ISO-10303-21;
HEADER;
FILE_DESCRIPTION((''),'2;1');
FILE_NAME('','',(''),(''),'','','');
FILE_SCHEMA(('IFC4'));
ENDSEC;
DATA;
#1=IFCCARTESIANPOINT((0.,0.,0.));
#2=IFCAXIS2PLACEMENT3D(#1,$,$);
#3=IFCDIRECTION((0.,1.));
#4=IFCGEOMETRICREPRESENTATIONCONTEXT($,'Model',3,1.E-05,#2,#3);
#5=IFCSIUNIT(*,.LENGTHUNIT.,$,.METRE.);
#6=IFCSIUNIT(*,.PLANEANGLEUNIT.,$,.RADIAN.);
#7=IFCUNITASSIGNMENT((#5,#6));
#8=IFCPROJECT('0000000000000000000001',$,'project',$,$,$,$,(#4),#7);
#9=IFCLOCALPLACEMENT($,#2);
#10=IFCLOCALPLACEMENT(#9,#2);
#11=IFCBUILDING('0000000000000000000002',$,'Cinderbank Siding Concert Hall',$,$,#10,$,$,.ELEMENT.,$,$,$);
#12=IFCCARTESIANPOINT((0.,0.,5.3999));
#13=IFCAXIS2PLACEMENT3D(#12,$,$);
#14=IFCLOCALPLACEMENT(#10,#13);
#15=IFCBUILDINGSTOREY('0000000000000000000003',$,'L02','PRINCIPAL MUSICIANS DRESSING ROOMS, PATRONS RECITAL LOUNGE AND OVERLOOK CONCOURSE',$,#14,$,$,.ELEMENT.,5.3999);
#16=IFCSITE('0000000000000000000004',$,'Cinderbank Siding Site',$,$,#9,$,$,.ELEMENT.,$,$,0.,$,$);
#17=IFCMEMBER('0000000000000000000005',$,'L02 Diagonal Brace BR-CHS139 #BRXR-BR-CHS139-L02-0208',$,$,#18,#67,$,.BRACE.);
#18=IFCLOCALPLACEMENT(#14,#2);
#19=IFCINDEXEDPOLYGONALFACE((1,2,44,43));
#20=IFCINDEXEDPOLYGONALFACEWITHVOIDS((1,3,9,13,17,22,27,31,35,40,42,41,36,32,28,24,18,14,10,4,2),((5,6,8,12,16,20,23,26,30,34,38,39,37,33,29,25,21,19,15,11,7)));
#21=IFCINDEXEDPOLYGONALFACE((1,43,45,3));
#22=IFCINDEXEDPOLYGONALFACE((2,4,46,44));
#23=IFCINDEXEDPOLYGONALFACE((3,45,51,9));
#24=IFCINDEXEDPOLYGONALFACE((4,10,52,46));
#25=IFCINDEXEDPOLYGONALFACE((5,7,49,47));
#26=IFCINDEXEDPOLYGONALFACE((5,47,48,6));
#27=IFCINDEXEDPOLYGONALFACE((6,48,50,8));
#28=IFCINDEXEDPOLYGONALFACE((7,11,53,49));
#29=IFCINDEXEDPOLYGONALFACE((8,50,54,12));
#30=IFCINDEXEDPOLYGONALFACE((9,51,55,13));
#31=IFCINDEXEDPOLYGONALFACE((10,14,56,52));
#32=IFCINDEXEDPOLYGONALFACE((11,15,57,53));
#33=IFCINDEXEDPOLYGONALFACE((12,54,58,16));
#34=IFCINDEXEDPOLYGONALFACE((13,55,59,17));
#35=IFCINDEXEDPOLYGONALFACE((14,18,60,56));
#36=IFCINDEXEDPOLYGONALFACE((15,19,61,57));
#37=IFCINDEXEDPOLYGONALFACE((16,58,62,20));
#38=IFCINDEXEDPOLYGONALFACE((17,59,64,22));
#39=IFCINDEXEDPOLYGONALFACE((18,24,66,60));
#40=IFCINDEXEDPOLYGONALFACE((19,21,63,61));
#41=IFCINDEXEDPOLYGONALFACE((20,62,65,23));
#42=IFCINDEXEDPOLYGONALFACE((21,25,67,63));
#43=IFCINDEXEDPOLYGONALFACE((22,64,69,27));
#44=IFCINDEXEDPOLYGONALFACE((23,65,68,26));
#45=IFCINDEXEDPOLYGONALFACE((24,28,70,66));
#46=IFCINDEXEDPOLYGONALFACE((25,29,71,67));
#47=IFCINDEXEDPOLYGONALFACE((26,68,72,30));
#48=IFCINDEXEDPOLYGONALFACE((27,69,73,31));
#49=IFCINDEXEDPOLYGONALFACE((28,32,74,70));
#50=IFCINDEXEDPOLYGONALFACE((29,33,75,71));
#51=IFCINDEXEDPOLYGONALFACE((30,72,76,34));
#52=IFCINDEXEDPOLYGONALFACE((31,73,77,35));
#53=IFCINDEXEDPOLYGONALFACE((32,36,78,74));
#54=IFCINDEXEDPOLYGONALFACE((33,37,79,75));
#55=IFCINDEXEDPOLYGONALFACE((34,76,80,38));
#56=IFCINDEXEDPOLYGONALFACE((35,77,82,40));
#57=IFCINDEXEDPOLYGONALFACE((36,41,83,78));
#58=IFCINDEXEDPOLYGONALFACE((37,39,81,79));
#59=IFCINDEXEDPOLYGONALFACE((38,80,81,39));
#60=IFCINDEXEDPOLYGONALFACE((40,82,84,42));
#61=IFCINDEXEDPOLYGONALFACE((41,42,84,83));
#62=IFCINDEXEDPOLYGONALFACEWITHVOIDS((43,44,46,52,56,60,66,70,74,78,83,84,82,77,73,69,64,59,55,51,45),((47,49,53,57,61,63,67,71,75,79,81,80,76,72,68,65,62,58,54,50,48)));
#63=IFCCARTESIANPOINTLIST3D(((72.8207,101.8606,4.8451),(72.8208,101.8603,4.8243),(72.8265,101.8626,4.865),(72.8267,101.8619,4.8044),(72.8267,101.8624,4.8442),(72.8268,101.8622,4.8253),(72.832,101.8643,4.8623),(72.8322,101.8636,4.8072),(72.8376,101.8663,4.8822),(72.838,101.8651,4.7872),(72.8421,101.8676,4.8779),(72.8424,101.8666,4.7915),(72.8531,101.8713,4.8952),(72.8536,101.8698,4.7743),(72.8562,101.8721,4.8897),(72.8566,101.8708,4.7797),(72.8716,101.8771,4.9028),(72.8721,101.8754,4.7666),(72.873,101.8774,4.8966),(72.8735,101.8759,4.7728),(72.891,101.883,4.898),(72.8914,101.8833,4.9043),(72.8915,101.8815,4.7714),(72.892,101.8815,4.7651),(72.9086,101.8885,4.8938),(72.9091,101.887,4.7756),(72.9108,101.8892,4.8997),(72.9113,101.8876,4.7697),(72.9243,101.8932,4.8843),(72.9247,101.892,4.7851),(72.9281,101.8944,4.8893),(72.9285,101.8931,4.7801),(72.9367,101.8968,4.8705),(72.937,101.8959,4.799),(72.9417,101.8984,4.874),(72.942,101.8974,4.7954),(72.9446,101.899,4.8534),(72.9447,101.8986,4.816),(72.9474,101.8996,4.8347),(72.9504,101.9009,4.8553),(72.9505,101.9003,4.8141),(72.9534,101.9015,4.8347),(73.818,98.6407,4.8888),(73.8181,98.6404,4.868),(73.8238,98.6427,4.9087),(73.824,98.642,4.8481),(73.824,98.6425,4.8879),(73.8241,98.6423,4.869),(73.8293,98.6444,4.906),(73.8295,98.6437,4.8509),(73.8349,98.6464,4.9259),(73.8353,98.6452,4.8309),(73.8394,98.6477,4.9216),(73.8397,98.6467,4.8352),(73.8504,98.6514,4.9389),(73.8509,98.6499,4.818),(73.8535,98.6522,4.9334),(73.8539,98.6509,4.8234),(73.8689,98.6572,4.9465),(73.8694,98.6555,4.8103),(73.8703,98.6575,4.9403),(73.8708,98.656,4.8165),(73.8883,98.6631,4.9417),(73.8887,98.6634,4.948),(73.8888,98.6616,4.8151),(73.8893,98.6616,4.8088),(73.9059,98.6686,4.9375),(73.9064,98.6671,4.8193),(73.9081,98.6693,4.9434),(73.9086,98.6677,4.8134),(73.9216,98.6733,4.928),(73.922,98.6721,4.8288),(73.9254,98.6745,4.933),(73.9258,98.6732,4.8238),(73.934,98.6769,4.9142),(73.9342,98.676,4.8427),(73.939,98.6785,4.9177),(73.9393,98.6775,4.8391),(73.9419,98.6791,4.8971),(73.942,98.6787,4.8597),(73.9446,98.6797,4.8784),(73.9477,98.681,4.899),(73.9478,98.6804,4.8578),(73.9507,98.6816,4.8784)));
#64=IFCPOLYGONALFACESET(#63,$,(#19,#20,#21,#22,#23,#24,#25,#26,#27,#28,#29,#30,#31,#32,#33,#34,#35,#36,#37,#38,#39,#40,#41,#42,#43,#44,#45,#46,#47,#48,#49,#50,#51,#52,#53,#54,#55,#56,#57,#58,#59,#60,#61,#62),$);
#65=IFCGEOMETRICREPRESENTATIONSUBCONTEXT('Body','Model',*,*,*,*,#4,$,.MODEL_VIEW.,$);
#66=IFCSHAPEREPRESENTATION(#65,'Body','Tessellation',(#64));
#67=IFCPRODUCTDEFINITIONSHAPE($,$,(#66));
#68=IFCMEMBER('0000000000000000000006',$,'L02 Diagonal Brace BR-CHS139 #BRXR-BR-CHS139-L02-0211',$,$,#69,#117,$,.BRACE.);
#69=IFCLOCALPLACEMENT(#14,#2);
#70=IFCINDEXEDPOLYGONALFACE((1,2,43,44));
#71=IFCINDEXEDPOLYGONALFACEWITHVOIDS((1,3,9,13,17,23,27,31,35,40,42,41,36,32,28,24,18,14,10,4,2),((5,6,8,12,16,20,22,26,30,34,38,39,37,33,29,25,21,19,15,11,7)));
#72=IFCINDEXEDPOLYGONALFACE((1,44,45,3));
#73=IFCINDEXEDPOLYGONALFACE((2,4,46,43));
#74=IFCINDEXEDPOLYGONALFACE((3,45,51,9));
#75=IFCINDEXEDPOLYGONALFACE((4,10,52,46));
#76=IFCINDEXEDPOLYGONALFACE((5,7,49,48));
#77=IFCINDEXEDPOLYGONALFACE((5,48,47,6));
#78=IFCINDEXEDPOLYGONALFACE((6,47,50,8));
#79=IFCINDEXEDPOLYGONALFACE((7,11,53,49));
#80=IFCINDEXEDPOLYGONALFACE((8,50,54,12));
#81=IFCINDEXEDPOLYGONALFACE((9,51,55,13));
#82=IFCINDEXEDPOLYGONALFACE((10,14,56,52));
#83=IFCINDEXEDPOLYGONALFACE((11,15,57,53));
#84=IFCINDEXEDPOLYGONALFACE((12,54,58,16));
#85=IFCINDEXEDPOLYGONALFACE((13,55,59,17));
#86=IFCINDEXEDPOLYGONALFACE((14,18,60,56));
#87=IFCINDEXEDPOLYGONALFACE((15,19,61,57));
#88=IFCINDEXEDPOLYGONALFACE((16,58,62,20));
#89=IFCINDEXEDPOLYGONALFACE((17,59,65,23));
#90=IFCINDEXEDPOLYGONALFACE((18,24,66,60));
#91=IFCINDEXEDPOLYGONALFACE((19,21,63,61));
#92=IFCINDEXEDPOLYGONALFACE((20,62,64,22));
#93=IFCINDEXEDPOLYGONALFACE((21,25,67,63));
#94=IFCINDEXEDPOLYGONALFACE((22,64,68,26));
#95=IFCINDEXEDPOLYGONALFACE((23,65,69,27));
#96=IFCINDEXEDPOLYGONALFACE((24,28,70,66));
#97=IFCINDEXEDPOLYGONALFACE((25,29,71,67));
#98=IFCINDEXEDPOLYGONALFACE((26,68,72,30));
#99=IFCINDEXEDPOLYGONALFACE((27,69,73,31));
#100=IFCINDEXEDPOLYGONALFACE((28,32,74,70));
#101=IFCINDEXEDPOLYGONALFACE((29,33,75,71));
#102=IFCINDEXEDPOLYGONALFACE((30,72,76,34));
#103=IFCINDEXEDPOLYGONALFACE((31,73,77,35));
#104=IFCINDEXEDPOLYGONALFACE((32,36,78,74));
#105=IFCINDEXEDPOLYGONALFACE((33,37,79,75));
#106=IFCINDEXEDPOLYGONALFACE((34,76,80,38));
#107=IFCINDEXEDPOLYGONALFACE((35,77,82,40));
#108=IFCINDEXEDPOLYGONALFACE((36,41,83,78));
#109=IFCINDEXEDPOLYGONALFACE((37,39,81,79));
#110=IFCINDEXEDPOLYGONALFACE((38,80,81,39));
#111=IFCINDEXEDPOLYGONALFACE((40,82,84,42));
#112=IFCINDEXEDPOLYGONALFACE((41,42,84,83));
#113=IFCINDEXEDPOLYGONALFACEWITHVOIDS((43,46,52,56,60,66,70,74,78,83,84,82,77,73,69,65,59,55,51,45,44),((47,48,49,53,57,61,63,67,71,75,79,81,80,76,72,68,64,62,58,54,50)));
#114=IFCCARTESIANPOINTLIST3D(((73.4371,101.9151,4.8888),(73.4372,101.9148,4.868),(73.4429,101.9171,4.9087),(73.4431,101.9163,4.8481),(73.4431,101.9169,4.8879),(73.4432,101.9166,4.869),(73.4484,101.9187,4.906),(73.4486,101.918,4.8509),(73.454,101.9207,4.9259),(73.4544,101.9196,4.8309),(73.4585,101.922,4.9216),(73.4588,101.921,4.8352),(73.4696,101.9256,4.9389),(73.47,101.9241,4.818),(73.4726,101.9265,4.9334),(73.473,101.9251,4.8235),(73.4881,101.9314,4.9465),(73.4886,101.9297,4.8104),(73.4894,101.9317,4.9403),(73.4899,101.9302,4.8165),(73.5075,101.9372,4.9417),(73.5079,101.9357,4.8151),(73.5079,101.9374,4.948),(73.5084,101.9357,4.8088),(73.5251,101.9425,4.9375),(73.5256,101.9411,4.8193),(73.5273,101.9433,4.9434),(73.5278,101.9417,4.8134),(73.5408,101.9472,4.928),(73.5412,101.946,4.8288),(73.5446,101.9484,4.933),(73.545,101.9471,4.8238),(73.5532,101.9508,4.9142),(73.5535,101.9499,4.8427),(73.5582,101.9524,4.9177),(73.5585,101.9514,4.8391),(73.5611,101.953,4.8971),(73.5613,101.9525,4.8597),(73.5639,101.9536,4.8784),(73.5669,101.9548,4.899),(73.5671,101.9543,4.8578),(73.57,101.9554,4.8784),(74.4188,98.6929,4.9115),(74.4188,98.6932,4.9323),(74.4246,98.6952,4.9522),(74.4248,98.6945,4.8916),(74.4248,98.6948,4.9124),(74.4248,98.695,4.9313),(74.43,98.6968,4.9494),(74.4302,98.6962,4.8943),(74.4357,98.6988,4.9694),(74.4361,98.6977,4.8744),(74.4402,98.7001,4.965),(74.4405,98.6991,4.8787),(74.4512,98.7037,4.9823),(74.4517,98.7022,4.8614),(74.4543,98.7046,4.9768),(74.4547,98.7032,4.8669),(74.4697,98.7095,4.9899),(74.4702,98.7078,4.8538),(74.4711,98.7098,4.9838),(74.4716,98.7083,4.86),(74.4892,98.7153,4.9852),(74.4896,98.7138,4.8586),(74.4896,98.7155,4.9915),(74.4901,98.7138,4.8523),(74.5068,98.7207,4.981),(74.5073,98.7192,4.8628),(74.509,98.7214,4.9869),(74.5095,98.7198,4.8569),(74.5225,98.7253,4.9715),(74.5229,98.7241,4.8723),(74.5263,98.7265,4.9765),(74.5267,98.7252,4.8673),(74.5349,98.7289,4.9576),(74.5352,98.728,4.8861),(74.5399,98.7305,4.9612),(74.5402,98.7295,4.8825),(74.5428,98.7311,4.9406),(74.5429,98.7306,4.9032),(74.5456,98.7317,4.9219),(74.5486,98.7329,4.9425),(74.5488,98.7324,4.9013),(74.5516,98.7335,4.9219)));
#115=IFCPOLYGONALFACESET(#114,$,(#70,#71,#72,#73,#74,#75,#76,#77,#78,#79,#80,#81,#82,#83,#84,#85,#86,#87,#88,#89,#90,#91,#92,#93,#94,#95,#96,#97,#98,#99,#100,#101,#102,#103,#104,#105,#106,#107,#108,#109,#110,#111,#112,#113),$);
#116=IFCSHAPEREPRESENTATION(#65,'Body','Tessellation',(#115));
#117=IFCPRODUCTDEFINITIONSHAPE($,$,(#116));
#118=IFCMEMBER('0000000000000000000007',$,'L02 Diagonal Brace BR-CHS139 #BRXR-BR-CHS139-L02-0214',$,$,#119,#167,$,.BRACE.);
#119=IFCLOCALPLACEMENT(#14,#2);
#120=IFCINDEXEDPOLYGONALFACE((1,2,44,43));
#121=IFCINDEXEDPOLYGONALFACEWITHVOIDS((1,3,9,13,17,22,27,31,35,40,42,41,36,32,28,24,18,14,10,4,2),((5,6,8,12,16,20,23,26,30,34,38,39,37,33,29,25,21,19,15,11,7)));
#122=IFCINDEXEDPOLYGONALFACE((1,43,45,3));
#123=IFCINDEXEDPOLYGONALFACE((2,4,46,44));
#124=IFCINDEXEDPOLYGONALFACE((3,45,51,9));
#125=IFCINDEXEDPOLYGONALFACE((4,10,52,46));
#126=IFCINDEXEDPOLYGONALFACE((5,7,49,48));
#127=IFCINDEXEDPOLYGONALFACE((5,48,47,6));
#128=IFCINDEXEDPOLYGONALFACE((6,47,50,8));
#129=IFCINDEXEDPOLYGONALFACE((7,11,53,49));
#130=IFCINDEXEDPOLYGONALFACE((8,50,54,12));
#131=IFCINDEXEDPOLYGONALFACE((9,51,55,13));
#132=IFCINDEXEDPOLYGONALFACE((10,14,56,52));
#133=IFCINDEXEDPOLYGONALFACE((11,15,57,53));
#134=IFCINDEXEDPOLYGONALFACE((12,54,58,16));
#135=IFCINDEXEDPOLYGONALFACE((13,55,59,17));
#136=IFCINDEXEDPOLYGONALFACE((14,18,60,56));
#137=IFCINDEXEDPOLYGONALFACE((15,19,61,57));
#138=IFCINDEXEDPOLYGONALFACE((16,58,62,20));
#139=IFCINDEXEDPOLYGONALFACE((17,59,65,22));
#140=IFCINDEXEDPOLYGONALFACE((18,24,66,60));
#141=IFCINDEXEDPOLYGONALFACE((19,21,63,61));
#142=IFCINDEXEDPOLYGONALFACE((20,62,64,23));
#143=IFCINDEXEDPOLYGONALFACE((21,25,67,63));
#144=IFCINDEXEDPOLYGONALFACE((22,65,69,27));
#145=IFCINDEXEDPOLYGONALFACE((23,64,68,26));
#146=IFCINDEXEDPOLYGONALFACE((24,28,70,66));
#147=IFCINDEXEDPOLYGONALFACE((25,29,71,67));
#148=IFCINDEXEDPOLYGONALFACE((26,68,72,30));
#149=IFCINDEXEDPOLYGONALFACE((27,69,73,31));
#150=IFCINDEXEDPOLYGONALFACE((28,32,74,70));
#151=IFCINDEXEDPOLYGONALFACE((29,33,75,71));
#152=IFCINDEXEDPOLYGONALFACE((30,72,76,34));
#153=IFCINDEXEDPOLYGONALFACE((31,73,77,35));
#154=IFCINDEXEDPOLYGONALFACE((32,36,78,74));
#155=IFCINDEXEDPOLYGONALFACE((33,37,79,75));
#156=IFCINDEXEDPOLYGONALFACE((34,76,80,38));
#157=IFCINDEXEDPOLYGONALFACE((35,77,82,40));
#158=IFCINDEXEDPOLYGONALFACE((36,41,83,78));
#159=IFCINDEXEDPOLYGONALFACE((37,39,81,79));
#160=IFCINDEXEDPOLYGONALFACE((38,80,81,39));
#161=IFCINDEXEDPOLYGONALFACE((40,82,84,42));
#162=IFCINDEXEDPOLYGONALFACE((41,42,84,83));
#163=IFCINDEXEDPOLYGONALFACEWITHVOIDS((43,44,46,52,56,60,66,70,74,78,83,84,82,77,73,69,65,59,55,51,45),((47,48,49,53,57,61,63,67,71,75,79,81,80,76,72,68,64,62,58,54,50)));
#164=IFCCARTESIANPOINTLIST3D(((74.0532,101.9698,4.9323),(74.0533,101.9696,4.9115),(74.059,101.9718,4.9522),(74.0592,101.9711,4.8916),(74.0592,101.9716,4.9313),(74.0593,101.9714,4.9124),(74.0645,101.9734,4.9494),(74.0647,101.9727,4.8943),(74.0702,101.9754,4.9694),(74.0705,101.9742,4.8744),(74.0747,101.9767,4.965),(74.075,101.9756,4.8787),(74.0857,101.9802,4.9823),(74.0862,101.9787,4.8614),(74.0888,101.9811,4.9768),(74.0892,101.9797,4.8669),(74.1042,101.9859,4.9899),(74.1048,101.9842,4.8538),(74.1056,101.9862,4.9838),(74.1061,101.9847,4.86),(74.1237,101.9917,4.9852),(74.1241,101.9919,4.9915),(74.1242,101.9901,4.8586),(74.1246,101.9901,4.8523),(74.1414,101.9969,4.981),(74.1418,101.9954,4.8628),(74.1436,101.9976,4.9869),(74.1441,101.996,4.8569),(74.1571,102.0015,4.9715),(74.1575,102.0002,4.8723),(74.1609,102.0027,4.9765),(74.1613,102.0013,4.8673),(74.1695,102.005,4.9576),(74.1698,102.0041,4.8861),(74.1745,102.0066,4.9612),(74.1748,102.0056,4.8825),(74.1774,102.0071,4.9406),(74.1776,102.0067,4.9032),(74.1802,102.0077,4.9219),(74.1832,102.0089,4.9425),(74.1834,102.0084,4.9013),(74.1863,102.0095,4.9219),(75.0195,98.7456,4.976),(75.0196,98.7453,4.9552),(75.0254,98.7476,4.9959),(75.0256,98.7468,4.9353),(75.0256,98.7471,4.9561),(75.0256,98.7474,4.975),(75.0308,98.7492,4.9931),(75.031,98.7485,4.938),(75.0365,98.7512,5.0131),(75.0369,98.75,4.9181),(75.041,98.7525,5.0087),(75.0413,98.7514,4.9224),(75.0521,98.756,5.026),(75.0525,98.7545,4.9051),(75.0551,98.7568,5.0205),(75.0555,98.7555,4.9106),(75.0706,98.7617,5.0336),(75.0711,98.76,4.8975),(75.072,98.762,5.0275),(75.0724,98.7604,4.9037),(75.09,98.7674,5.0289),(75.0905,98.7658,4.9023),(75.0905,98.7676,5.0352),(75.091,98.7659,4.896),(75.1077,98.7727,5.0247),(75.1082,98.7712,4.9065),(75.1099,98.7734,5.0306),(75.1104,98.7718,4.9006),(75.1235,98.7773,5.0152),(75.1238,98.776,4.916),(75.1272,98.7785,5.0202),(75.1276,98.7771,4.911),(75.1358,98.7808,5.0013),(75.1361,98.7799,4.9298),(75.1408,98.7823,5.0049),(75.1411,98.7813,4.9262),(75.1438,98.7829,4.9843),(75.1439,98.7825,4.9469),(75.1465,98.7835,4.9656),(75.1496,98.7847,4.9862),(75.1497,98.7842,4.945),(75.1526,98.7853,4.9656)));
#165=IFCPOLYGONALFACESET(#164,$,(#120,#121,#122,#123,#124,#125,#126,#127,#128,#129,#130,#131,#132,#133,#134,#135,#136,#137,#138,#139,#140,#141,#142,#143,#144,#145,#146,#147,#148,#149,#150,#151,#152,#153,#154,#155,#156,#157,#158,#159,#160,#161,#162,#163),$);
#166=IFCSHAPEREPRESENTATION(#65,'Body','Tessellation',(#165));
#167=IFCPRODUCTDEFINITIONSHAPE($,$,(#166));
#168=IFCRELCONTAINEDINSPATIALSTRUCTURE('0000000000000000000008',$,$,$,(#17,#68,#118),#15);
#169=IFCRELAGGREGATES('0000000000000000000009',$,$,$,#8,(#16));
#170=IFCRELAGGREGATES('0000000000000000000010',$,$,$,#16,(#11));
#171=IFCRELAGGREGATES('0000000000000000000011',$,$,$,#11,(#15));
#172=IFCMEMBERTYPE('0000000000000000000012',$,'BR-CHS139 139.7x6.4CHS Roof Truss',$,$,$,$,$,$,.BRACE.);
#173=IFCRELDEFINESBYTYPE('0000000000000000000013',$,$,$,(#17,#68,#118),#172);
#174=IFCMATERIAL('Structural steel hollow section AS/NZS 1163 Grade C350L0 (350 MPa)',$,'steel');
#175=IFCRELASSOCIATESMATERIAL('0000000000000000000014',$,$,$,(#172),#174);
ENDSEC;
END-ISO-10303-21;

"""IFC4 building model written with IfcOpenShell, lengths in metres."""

from ifc_helpers import new_model, si_unit, direction, frame, origin, origin_2d, place, context, subcontext, project, spatial, hollow_circle, extrude, material, material_profile, profile_set, type_object, element, save


model = new_model("IFC4")

# Units and contexts
model_context = context("Model", 3, precision=1e-05, world=origin(), true_north=direction((0.0, 1.0)))
body_context = subcontext(model_context, "Body", "Model", "MODEL_VIEW")
ifc_project = project(units=[si_unit("LENGTHUNIT", "METRE"), si_unit("PLANEANGLEUNIT", "RADIAN")], contexts=[model_context])

# Site, building, storey
site_placement = place(None, origin())
site = spatial("IfcSite", under=ifc_project, at=site_placement, Name="Cinderbank Siding Site", CompositionType="ELEMENT", RefElevation=0.0)
building_placement = place(site_placement, origin())
building = spatial("IfcBuilding", under=site, at=building_placement, Name="Cinderbank Siding Concert Hall", CompositionType="ELEMENT")
storey_placement = place(building_placement, frame((0.0, 0.0, 5.3999)))
storey = spatial("IfcBuildingStorey", under=building, at=storey_placement, Name="L02", Description="PRINCIPAL MUSICIANS DRESSING ROOMS, PATRONS RECITAL LOUNGE AND OVERLOOK CONCOURSE", CompositionType="ELEMENT", Elevation=5.3999)

# Members
ifc_material_1 = material(Name="Structural steel hollow section AS/NZS 1163 Grade C350L0 (350 MPa)", Category="steel")
ifc_material_profile_1 = material_profile(ifc_material_1, hollow_circle(Radius=0.0698, WallThickness=0.0063, at=origin_2d()), Name="139.7x6.4CHS", Category="LoadBearing")
ifc_profile_set_1 = profile_set([ifc_material_profile_1], Name="Structural steel hollow section AS/NZS 1163 Grade C350L0 (350 MPa)")
member_type_1 = type_object("IfcMemberType", Name="BR-CHS139 139.7x6.4CHS Roof Truss", PredefinedType="BRACE", material=ifc_profile_set_1)
member_1_placement = place(storey_placement, frame((72.8867, 101.8809, 4.8347), z_axis=(0.295837, -0.955151, 0.012963), x_axis=(0.955231, 0.295862, 0.0)))
element("IfcMember", 1, at=member_1_placement, inside=storey, type_object=member_type_1, Name="L02 Diagonal Brace BR-CHS139 #BRXR-BR-CHS139-L02-0208", PredefinedType="BRACE", context=body_context, shape_type="SweptSolid", body=[
    extrude(hollow_circle(Radius=0.0698, WallThickness=0.0063, at=origin_2d()), origin(), (0.0, 0.0, 1.0), 3.3711),
])
member_2_placement = place(storey_placement, frame((73.5032, 101.9351, 4.8784), z_axis=(0.291437, -0.956503, 0.012901), x_axis=(0.956583, 0.291462, 0.0)))
element("IfcMember", 2, at=member_2_placement, inside=storey, type_object=member_type_1, Name="L02 Diagonal Brace BR-CHS139 #BRXR-BR-CHS139-L02-0211", PredefinedType="BRACE", context=body_context, shape_type="SweptSolid", body=[
    extrude(hollow_circle(Radius=0.0698, WallThickness=0.0063, at=origin_2d()), origin(), (0.0, 0.0, 1.0), 3.3684),
])
member_3_placement = place(storey_placement, frame((74.1194, 101.9895, 4.9219), z_axis=(0.287071, -0.957821, 0.012983), x_axis=(0.957902, 0.287095, 0.0)))
element("IfcMember", 3, at=member_3_placement, inside=storey, type_object=member_type_1, Name="L02 Diagonal Brace BR-CHS139 #BRXR-BR-CHS139-L02-0214", PredefinedType="BRACE", context=body_context, shape_type="SweptSolid", body=[
    extrude(hollow_circle(Radius=0.0698, WallThickness=0.0063, at=origin_2d()), origin(), (0.0, 0.0, 1.0), 3.3662),
])

save(model, "model.ifc")
